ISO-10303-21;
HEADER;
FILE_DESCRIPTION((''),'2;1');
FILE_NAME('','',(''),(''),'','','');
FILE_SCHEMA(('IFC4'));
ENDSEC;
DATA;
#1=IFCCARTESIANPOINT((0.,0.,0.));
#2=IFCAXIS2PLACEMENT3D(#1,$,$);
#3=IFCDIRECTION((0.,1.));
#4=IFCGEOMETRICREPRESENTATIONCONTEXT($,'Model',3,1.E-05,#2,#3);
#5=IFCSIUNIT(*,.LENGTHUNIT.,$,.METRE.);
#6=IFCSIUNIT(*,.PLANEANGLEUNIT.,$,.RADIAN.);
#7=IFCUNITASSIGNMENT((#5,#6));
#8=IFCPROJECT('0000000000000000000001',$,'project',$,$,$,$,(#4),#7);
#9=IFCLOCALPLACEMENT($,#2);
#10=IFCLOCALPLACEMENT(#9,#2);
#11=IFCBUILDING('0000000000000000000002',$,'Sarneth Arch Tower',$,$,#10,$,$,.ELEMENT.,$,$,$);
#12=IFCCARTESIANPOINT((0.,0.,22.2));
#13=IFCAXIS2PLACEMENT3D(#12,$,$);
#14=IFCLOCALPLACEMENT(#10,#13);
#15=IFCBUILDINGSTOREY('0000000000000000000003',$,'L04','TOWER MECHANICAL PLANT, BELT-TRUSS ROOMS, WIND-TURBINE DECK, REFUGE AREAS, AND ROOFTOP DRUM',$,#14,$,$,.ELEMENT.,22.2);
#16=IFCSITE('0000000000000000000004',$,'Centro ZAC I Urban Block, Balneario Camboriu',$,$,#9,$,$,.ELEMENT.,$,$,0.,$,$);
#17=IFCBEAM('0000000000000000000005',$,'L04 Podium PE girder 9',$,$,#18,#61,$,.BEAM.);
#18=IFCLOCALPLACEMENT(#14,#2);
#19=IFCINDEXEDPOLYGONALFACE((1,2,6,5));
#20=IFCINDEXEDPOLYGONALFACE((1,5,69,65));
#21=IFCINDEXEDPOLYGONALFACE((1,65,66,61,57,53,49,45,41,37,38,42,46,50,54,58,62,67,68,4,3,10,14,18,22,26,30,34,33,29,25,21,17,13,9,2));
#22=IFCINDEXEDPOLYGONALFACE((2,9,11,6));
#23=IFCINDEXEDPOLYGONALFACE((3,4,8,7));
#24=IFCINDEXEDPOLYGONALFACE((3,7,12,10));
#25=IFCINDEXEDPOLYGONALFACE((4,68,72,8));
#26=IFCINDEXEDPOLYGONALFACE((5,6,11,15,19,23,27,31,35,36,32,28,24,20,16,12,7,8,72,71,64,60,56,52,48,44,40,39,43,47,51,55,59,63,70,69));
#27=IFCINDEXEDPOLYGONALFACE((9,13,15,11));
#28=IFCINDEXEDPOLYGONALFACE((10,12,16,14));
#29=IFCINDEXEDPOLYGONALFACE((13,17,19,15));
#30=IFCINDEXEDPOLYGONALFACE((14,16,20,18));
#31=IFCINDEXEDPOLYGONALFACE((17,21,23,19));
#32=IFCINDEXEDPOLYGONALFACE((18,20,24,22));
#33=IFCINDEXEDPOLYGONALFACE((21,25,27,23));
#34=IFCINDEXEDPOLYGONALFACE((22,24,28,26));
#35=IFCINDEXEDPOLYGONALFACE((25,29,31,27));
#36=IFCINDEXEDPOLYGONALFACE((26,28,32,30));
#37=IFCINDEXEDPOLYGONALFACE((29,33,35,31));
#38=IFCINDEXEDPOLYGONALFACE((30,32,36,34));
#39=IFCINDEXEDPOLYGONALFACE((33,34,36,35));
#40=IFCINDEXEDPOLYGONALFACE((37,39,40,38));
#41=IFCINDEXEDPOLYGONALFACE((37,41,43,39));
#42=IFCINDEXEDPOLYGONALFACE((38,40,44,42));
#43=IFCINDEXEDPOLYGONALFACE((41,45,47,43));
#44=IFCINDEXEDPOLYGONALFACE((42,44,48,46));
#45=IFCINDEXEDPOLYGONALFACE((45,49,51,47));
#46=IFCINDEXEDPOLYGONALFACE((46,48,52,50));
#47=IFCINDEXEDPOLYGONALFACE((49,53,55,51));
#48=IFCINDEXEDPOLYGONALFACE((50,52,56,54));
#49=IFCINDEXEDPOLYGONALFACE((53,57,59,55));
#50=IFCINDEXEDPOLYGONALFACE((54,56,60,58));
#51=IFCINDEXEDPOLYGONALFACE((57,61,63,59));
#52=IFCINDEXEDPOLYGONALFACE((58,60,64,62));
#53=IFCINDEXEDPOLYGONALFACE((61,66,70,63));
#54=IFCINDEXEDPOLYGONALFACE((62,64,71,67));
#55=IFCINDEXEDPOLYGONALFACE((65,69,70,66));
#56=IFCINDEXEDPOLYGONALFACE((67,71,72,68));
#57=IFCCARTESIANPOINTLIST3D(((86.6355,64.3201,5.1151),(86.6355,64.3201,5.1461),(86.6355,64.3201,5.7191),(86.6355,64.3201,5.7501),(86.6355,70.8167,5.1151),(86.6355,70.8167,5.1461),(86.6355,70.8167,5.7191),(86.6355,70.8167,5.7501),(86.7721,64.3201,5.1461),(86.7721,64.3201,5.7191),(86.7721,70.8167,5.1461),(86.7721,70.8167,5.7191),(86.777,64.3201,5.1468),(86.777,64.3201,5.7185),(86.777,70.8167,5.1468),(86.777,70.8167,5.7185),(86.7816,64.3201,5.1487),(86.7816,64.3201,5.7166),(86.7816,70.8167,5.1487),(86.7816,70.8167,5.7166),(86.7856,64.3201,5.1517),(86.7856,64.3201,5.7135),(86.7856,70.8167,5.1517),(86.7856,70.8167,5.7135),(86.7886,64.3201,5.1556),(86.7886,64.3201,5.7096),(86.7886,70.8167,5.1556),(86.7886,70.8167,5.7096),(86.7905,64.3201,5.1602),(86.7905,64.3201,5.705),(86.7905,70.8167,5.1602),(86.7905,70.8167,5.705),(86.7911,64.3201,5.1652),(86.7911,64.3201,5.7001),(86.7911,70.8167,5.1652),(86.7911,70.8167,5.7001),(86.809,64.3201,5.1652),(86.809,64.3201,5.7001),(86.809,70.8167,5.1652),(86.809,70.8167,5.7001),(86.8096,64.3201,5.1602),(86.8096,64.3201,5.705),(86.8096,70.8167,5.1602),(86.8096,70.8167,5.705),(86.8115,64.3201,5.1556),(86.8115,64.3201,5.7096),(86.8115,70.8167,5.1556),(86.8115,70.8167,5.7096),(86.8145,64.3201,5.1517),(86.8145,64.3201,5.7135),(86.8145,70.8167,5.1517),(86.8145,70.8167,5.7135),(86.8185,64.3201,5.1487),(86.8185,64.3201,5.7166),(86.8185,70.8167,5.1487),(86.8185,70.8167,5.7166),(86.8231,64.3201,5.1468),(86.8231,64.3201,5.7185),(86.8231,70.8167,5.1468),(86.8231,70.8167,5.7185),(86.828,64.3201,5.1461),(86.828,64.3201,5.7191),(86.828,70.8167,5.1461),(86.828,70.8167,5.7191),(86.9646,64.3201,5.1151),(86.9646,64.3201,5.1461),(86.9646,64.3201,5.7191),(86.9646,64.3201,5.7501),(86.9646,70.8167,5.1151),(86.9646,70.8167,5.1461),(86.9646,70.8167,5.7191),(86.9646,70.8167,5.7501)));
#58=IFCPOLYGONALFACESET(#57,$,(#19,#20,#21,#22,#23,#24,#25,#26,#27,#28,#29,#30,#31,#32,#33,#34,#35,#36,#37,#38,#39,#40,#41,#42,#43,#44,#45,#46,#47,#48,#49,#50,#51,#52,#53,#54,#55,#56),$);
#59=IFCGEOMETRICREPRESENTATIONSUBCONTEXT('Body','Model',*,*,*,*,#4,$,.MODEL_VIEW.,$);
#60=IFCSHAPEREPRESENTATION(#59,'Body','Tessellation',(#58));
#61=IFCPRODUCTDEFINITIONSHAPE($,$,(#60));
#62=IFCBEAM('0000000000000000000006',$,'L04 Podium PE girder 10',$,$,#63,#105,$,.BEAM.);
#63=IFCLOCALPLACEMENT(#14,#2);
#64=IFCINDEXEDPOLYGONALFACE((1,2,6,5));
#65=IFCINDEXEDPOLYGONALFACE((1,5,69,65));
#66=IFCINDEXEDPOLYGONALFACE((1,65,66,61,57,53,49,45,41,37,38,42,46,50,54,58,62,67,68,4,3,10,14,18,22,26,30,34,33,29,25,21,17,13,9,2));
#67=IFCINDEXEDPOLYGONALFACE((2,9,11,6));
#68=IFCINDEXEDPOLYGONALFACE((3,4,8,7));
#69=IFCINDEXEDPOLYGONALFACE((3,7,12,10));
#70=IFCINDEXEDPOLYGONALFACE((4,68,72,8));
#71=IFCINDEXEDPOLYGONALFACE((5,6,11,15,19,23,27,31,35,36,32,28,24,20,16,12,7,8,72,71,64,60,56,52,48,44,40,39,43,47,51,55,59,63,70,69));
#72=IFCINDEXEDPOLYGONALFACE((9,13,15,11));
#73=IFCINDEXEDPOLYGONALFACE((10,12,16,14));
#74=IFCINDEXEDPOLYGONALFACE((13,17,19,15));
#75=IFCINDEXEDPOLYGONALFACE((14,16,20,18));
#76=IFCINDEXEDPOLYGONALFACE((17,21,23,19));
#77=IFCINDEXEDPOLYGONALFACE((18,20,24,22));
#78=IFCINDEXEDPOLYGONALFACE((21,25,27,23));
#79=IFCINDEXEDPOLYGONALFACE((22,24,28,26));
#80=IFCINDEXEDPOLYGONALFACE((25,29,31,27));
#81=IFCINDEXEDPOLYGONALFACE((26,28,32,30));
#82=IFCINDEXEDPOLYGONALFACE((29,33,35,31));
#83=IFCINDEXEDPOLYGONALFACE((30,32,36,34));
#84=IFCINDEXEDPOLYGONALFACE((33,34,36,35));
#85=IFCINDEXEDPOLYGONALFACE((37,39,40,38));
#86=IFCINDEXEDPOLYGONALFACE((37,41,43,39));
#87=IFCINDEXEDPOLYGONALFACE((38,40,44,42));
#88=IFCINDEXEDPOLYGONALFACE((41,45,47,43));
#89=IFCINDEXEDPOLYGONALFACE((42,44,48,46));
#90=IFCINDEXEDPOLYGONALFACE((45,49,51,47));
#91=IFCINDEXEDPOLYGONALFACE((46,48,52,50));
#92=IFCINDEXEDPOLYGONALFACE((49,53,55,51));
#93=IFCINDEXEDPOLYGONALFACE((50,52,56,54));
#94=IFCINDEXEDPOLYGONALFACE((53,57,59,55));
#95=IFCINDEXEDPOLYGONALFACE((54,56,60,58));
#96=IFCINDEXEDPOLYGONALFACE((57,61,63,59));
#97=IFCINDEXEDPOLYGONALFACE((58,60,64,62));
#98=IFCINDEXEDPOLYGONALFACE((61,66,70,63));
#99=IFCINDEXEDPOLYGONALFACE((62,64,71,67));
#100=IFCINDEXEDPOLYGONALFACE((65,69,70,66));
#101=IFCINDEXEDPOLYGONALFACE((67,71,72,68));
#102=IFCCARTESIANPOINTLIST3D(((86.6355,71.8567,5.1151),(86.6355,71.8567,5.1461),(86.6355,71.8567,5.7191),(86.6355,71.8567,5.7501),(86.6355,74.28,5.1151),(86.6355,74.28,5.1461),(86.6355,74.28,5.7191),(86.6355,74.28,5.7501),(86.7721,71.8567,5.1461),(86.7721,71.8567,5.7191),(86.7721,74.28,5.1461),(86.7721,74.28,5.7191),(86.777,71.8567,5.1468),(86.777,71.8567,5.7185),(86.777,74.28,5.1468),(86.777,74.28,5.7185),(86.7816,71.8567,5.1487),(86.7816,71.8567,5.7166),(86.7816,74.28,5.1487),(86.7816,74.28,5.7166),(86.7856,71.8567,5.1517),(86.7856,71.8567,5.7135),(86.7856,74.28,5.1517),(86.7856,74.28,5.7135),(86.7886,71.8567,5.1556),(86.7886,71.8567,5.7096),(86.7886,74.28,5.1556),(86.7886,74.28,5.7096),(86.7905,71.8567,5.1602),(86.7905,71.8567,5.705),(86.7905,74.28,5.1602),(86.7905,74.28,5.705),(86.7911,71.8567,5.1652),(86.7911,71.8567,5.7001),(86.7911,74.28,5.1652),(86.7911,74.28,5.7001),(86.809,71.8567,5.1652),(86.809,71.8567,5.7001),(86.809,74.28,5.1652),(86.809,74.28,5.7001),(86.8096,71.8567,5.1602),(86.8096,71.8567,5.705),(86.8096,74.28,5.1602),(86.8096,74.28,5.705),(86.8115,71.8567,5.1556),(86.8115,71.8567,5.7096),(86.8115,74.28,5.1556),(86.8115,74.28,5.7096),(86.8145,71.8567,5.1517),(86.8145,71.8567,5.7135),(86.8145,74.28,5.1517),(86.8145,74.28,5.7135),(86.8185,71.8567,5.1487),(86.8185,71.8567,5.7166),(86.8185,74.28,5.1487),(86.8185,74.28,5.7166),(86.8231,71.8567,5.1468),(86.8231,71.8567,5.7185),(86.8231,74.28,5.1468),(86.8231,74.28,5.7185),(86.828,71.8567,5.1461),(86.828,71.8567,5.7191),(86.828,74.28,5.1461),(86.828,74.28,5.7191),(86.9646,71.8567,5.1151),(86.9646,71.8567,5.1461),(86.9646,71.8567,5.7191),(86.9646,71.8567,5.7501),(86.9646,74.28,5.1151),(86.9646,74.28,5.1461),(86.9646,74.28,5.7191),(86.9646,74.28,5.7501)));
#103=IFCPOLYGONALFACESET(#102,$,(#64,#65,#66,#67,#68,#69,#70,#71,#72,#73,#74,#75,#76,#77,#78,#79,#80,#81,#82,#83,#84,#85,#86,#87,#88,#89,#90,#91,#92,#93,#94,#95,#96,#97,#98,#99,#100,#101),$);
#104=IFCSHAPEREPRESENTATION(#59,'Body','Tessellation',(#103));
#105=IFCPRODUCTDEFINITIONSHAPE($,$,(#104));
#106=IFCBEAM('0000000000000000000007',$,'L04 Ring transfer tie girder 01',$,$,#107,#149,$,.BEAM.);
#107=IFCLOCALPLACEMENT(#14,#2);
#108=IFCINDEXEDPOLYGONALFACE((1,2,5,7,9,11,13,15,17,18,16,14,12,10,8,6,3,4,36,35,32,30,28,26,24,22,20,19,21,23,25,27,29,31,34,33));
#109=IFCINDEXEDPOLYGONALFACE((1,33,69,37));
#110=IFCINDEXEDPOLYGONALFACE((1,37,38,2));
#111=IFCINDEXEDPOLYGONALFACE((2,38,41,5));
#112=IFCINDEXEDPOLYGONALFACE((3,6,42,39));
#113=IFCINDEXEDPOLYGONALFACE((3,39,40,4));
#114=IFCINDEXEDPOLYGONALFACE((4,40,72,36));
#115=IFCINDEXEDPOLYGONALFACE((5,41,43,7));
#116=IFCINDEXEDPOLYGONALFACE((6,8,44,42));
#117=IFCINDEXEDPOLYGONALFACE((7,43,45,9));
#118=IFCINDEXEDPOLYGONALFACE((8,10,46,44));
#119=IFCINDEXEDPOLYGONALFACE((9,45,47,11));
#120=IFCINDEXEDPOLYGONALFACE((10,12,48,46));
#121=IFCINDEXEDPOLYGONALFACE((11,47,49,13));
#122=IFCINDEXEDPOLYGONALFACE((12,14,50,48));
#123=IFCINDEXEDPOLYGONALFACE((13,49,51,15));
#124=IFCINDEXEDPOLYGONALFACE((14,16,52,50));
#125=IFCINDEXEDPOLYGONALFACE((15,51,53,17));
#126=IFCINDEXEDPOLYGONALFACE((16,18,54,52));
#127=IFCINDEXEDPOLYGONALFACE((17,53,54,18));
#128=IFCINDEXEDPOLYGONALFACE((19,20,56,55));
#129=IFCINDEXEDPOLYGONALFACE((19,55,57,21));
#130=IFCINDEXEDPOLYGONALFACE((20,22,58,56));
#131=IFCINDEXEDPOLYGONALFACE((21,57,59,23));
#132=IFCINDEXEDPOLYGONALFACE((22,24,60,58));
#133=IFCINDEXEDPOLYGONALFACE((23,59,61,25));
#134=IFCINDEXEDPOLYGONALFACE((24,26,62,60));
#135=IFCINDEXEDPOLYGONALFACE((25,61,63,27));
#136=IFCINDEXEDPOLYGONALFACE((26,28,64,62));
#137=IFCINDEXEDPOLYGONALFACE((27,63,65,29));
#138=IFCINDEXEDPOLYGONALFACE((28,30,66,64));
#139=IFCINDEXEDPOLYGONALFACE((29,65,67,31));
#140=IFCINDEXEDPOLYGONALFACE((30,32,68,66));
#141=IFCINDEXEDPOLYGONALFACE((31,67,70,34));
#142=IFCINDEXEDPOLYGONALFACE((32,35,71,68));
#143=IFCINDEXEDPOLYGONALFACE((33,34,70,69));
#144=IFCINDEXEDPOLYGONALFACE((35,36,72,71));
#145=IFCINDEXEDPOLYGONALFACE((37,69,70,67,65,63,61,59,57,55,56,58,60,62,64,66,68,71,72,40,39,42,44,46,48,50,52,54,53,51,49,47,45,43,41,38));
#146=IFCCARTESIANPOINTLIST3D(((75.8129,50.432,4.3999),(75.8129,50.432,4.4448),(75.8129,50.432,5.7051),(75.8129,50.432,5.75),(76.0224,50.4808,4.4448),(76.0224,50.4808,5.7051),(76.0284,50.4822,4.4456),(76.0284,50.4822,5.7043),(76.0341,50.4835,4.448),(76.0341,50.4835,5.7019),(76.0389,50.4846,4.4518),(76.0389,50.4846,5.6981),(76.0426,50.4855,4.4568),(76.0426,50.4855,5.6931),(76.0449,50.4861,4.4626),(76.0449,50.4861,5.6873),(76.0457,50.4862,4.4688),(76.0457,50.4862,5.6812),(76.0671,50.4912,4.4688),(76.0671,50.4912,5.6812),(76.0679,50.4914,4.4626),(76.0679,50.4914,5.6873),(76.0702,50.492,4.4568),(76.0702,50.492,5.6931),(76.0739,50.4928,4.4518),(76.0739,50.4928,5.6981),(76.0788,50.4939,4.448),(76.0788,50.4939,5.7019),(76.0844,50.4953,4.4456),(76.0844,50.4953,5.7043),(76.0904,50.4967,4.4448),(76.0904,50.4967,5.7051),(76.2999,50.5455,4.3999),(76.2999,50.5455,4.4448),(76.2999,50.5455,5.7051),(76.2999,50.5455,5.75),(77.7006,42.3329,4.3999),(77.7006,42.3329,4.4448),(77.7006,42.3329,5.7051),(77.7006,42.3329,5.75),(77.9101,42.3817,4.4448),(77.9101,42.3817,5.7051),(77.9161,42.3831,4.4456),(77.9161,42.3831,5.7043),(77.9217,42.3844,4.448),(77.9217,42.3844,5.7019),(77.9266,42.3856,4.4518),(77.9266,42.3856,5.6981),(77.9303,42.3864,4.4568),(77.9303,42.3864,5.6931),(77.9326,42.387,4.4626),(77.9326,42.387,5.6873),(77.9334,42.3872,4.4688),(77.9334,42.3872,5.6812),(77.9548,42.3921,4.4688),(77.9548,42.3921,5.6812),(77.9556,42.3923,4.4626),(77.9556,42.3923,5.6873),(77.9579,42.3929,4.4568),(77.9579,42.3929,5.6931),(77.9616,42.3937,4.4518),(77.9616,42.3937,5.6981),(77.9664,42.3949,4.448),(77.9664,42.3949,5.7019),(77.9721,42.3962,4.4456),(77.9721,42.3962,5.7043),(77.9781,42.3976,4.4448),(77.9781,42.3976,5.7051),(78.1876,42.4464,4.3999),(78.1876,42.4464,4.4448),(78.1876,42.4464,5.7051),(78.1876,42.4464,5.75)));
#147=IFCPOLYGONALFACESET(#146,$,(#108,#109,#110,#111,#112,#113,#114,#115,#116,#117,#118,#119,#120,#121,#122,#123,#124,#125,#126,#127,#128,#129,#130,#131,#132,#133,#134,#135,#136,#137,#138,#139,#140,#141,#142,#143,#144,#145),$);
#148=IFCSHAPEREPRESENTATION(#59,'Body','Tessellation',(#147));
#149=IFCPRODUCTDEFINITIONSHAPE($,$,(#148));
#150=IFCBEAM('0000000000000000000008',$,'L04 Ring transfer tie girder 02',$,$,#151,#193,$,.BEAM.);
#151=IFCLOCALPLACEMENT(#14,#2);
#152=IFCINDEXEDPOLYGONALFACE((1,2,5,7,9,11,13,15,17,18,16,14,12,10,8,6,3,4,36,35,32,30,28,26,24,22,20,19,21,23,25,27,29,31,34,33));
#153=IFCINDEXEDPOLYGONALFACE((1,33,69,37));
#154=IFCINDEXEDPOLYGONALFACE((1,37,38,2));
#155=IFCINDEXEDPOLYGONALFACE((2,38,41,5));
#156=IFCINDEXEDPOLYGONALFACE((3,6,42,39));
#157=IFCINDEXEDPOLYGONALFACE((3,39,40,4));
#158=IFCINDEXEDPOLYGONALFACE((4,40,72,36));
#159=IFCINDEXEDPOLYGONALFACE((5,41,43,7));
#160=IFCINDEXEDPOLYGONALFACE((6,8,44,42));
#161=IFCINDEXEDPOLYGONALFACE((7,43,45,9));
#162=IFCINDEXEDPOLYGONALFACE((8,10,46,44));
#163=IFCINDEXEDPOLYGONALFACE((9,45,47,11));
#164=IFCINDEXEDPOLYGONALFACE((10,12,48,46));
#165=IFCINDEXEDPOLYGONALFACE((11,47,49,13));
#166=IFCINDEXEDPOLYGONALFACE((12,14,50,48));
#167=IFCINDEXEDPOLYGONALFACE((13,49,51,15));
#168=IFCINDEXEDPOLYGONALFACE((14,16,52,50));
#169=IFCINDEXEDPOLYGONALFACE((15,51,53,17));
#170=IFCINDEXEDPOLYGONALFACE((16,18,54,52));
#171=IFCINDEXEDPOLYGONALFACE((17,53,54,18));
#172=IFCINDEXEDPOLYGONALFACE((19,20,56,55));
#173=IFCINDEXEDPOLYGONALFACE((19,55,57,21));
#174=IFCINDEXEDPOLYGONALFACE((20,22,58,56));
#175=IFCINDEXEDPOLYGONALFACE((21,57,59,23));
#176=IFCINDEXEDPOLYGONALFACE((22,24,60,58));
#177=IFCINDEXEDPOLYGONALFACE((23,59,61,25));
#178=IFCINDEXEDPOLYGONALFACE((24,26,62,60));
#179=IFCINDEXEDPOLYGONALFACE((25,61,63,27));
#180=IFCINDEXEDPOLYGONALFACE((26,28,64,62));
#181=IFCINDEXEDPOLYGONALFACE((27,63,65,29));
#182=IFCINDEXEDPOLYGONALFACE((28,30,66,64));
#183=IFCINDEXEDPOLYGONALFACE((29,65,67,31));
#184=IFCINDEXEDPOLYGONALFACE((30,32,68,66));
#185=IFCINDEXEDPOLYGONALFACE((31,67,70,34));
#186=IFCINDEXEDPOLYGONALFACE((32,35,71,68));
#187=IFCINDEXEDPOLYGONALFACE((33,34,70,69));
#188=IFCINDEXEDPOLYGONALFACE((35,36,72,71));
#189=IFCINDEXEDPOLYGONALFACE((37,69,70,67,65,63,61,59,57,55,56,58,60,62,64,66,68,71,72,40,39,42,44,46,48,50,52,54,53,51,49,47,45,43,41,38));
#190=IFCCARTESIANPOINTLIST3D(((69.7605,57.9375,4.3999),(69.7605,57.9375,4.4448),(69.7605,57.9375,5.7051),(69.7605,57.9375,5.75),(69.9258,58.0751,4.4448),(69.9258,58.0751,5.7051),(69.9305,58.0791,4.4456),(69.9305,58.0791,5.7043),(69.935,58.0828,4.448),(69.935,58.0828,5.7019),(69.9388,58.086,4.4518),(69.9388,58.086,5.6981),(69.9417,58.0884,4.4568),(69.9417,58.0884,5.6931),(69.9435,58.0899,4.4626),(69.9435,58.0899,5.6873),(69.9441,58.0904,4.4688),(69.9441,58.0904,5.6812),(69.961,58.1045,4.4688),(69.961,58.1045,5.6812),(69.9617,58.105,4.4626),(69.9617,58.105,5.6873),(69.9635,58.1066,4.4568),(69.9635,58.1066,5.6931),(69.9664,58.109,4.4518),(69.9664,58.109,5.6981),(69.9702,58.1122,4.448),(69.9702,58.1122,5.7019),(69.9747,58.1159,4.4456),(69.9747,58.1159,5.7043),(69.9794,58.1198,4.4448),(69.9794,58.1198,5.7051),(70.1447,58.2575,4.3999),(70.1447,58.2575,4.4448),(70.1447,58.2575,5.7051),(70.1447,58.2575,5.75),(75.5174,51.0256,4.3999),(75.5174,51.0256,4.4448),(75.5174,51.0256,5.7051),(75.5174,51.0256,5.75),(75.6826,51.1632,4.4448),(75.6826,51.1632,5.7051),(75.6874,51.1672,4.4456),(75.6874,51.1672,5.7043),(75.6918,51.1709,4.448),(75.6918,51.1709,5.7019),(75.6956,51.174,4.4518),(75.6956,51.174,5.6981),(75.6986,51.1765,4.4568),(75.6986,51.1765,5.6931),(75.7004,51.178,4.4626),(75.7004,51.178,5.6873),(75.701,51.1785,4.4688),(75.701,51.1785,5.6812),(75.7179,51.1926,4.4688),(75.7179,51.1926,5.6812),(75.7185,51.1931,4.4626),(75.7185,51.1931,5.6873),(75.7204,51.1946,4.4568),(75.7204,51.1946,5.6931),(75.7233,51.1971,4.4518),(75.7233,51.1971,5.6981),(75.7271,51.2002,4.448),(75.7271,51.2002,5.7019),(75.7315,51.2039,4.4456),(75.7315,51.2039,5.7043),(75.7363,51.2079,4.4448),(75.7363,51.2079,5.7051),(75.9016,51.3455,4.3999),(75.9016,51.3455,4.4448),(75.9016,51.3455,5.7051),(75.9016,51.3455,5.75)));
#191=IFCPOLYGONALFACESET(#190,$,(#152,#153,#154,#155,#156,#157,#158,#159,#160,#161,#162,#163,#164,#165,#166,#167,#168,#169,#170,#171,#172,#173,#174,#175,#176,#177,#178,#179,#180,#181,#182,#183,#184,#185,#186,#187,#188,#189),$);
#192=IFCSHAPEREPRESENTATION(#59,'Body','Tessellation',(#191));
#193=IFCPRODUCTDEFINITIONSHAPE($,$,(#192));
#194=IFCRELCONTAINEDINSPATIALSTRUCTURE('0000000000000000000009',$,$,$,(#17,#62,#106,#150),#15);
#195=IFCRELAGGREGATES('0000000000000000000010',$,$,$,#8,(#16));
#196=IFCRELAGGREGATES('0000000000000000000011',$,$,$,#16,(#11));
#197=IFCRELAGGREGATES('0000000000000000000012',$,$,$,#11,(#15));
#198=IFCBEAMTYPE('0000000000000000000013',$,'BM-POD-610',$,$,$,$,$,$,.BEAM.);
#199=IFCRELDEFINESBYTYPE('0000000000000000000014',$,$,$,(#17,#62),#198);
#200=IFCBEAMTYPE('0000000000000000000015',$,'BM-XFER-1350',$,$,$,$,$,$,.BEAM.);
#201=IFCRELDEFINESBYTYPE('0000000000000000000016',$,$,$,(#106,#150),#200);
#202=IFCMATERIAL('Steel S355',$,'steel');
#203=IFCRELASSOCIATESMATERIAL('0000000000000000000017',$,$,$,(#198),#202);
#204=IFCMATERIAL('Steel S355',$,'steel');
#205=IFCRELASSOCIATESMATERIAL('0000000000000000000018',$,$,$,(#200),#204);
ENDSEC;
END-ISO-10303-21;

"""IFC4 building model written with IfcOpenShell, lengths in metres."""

from ifc_helpers import new_model, si_unit, direction, frame, origin, origin_2d, place, context, subcontext, project, spatial, i_section, extrude, material, material_profile, profile_set, type_object, element, save


model = new_model("IFC4")

# Units and contexts
model_context = context("Model", 3, precision=1e-05, world=origin(), true_north=direction((0.0, 1.0)))
body_context = subcontext(model_context, "Body", "Model", "MODEL_VIEW")
ifc_project = project(units=[si_unit("LENGTHUNIT", "METRE"), si_unit("PLANEANGLEUNIT", "RADIAN")], contexts=[model_context])

# Site, building, storey
site_placement = place(None, origin())
site = spatial("IfcSite", under=ifc_project, at=site_placement, Name="Centro ZAC I Urban Block, Balneario Camboriu", CompositionType="ELEMENT", RefElevation=0.0)
building_placement = place(site_placement, origin())
building = spatial("IfcBuilding", under=site, at=building_placement, Name="Sarneth Arch Tower", CompositionType="ELEMENT")
storey_placement = place(building_placement, frame((0.0, 0.0, 22.2)))
storey = spatial("IfcBuildingStorey", under=building, at=storey_placement, Name="L04", Description="TOWER MECHANICAL PLANT, BELT-TRUSS ROOMS, WIND-TURBINE DECK, REFUGE AREAS, AND ROOFTOP DRUM", CompositionType="ELEMENT", Elevation=22.2)

# Beams
ifc_material_1 = material(Name="Steel S355", Category="steel")
ifc_material_profile_1 = material_profile(ifc_material_1, i_section(OverallWidth=0.3291, OverallDepth=0.635, WebThickness=0.0178, FlangeThickness=0.031, FilletRadius=0.019, at=origin_2d()), Name="W610x241")
ifc_profile_set_1 = profile_set([ifc_material_profile_1], Name="Steel S355")
beam_type_1 = type_object("IfcBeamType", Name="BM-POD-610", PredefinedType="BEAM", material=ifc_profile_set_1)
beam_1_placement = place(storey_placement, frame((86.8, 64.3201, 5.4326), z_axis=(0.0, 1.0, 0.0), x_axis=(-1.0, 0.0, 0.0)))
element("IfcBeam", 1, at=beam_1_placement, inside=storey, type_object=beam_type_1, Name="L04 Podium PE girder 9", PredefinedType="BEAM", context=body_context, shape_type="SweptSolid", body=[
    extrude(i_section(OverallWidth=0.3291, OverallDepth=0.635, WebThickness=0.0178, FlangeThickness=0.031, FilletRadius=0.019, at=origin_2d()), origin(), (0.0, 0.0, 1.0), 6.4966),
])
beam_2_placement = place(storey_placement, frame((86.8, 71.8567, 5.4326), z_axis=(0.0, 1.0, 0.0), x_axis=(-1.0, 0.0, 0.0)))
element("IfcBeam", 2, at=beam_2_placement, inside=storey, type_object=beam_type_1, Name="L04 Podium PE girder 10", PredefinedType="BEAM", context=body_context, shape_type="SweptSolid", body=[
    extrude(i_section(OverallWidth=0.3291, OverallDepth=0.635, WebThickness=0.0178, FlangeThickness=0.031, FilletRadius=0.019, at=origin_2d()), origin(), (0.0, 0.0, 1.0), 2.4233),
])
ifc_material_2 = material(Name="Steel S355", Category="steel")
ifc_material_profile_2 = material_profile(ifc_material_2, i_section(OverallWidth=0.5, OverallDepth=1.3501, WebThickness=0.022, FlangeThickness=0.0449, FilletRadius=0.0239, at=origin_2d()), Name="CVS1350x595")
ifc_profile_set_2 = profile_set([ifc_material_profile_2], Name="Steel S355")
beam_type_2 = type_object("IfcBeamType", Name="BM-XFER-1350", PredefinedType="BEAM", material=ifc_profile_set_2)
beam_3_placement = place(storey_placement, frame((77.9441, 42.3896, 5.075), z_axis=(-0.22699, 0.973897, 0.0), x_axis=(-0.973897, -0.22699, 0.0)))
element("IfcBeam", 3, at=beam_3_placement, inside=storey, type_object=beam_type_2, Name="L04 Ring transfer tie girder 01", PredefinedType="BEAM", context=body_context, shape_type="SweptSolid", body=[
    extrude(i_section(OverallWidth=0.5, OverallDepth=1.3501, WebThickness=0.022, FlangeThickness=0.0449, FilletRadius=0.0239, at=origin_2d()), origin(), (0.0, 0.0, 1.0), 8.3162),
])
beam_4_placement = place(storey_placement, frame((75.7095, 51.1855, 5.075), z_axis=(-0.639984, 0.768388, 0.0), x_axis=(-0.768388, -0.639984, 0.0)))
element("IfcBeam", 4, at=beam_4_placement, inside=storey, type_object=beam_type_2, Name="L04 Ring transfer tie girder 02", PredefinedType="BEAM", context=body_context, shape_type="SweptSolid", body=[
    extrude(i_section(OverallWidth=0.5, OverallDepth=1.3501, WebThickness=0.022, FlangeThickness=0.0449, FilletRadius=0.0239, at=origin_2d()), origin(), (0.0, 0.0, 1.0), 8.9954),
])

save(model, "model.ifc")
